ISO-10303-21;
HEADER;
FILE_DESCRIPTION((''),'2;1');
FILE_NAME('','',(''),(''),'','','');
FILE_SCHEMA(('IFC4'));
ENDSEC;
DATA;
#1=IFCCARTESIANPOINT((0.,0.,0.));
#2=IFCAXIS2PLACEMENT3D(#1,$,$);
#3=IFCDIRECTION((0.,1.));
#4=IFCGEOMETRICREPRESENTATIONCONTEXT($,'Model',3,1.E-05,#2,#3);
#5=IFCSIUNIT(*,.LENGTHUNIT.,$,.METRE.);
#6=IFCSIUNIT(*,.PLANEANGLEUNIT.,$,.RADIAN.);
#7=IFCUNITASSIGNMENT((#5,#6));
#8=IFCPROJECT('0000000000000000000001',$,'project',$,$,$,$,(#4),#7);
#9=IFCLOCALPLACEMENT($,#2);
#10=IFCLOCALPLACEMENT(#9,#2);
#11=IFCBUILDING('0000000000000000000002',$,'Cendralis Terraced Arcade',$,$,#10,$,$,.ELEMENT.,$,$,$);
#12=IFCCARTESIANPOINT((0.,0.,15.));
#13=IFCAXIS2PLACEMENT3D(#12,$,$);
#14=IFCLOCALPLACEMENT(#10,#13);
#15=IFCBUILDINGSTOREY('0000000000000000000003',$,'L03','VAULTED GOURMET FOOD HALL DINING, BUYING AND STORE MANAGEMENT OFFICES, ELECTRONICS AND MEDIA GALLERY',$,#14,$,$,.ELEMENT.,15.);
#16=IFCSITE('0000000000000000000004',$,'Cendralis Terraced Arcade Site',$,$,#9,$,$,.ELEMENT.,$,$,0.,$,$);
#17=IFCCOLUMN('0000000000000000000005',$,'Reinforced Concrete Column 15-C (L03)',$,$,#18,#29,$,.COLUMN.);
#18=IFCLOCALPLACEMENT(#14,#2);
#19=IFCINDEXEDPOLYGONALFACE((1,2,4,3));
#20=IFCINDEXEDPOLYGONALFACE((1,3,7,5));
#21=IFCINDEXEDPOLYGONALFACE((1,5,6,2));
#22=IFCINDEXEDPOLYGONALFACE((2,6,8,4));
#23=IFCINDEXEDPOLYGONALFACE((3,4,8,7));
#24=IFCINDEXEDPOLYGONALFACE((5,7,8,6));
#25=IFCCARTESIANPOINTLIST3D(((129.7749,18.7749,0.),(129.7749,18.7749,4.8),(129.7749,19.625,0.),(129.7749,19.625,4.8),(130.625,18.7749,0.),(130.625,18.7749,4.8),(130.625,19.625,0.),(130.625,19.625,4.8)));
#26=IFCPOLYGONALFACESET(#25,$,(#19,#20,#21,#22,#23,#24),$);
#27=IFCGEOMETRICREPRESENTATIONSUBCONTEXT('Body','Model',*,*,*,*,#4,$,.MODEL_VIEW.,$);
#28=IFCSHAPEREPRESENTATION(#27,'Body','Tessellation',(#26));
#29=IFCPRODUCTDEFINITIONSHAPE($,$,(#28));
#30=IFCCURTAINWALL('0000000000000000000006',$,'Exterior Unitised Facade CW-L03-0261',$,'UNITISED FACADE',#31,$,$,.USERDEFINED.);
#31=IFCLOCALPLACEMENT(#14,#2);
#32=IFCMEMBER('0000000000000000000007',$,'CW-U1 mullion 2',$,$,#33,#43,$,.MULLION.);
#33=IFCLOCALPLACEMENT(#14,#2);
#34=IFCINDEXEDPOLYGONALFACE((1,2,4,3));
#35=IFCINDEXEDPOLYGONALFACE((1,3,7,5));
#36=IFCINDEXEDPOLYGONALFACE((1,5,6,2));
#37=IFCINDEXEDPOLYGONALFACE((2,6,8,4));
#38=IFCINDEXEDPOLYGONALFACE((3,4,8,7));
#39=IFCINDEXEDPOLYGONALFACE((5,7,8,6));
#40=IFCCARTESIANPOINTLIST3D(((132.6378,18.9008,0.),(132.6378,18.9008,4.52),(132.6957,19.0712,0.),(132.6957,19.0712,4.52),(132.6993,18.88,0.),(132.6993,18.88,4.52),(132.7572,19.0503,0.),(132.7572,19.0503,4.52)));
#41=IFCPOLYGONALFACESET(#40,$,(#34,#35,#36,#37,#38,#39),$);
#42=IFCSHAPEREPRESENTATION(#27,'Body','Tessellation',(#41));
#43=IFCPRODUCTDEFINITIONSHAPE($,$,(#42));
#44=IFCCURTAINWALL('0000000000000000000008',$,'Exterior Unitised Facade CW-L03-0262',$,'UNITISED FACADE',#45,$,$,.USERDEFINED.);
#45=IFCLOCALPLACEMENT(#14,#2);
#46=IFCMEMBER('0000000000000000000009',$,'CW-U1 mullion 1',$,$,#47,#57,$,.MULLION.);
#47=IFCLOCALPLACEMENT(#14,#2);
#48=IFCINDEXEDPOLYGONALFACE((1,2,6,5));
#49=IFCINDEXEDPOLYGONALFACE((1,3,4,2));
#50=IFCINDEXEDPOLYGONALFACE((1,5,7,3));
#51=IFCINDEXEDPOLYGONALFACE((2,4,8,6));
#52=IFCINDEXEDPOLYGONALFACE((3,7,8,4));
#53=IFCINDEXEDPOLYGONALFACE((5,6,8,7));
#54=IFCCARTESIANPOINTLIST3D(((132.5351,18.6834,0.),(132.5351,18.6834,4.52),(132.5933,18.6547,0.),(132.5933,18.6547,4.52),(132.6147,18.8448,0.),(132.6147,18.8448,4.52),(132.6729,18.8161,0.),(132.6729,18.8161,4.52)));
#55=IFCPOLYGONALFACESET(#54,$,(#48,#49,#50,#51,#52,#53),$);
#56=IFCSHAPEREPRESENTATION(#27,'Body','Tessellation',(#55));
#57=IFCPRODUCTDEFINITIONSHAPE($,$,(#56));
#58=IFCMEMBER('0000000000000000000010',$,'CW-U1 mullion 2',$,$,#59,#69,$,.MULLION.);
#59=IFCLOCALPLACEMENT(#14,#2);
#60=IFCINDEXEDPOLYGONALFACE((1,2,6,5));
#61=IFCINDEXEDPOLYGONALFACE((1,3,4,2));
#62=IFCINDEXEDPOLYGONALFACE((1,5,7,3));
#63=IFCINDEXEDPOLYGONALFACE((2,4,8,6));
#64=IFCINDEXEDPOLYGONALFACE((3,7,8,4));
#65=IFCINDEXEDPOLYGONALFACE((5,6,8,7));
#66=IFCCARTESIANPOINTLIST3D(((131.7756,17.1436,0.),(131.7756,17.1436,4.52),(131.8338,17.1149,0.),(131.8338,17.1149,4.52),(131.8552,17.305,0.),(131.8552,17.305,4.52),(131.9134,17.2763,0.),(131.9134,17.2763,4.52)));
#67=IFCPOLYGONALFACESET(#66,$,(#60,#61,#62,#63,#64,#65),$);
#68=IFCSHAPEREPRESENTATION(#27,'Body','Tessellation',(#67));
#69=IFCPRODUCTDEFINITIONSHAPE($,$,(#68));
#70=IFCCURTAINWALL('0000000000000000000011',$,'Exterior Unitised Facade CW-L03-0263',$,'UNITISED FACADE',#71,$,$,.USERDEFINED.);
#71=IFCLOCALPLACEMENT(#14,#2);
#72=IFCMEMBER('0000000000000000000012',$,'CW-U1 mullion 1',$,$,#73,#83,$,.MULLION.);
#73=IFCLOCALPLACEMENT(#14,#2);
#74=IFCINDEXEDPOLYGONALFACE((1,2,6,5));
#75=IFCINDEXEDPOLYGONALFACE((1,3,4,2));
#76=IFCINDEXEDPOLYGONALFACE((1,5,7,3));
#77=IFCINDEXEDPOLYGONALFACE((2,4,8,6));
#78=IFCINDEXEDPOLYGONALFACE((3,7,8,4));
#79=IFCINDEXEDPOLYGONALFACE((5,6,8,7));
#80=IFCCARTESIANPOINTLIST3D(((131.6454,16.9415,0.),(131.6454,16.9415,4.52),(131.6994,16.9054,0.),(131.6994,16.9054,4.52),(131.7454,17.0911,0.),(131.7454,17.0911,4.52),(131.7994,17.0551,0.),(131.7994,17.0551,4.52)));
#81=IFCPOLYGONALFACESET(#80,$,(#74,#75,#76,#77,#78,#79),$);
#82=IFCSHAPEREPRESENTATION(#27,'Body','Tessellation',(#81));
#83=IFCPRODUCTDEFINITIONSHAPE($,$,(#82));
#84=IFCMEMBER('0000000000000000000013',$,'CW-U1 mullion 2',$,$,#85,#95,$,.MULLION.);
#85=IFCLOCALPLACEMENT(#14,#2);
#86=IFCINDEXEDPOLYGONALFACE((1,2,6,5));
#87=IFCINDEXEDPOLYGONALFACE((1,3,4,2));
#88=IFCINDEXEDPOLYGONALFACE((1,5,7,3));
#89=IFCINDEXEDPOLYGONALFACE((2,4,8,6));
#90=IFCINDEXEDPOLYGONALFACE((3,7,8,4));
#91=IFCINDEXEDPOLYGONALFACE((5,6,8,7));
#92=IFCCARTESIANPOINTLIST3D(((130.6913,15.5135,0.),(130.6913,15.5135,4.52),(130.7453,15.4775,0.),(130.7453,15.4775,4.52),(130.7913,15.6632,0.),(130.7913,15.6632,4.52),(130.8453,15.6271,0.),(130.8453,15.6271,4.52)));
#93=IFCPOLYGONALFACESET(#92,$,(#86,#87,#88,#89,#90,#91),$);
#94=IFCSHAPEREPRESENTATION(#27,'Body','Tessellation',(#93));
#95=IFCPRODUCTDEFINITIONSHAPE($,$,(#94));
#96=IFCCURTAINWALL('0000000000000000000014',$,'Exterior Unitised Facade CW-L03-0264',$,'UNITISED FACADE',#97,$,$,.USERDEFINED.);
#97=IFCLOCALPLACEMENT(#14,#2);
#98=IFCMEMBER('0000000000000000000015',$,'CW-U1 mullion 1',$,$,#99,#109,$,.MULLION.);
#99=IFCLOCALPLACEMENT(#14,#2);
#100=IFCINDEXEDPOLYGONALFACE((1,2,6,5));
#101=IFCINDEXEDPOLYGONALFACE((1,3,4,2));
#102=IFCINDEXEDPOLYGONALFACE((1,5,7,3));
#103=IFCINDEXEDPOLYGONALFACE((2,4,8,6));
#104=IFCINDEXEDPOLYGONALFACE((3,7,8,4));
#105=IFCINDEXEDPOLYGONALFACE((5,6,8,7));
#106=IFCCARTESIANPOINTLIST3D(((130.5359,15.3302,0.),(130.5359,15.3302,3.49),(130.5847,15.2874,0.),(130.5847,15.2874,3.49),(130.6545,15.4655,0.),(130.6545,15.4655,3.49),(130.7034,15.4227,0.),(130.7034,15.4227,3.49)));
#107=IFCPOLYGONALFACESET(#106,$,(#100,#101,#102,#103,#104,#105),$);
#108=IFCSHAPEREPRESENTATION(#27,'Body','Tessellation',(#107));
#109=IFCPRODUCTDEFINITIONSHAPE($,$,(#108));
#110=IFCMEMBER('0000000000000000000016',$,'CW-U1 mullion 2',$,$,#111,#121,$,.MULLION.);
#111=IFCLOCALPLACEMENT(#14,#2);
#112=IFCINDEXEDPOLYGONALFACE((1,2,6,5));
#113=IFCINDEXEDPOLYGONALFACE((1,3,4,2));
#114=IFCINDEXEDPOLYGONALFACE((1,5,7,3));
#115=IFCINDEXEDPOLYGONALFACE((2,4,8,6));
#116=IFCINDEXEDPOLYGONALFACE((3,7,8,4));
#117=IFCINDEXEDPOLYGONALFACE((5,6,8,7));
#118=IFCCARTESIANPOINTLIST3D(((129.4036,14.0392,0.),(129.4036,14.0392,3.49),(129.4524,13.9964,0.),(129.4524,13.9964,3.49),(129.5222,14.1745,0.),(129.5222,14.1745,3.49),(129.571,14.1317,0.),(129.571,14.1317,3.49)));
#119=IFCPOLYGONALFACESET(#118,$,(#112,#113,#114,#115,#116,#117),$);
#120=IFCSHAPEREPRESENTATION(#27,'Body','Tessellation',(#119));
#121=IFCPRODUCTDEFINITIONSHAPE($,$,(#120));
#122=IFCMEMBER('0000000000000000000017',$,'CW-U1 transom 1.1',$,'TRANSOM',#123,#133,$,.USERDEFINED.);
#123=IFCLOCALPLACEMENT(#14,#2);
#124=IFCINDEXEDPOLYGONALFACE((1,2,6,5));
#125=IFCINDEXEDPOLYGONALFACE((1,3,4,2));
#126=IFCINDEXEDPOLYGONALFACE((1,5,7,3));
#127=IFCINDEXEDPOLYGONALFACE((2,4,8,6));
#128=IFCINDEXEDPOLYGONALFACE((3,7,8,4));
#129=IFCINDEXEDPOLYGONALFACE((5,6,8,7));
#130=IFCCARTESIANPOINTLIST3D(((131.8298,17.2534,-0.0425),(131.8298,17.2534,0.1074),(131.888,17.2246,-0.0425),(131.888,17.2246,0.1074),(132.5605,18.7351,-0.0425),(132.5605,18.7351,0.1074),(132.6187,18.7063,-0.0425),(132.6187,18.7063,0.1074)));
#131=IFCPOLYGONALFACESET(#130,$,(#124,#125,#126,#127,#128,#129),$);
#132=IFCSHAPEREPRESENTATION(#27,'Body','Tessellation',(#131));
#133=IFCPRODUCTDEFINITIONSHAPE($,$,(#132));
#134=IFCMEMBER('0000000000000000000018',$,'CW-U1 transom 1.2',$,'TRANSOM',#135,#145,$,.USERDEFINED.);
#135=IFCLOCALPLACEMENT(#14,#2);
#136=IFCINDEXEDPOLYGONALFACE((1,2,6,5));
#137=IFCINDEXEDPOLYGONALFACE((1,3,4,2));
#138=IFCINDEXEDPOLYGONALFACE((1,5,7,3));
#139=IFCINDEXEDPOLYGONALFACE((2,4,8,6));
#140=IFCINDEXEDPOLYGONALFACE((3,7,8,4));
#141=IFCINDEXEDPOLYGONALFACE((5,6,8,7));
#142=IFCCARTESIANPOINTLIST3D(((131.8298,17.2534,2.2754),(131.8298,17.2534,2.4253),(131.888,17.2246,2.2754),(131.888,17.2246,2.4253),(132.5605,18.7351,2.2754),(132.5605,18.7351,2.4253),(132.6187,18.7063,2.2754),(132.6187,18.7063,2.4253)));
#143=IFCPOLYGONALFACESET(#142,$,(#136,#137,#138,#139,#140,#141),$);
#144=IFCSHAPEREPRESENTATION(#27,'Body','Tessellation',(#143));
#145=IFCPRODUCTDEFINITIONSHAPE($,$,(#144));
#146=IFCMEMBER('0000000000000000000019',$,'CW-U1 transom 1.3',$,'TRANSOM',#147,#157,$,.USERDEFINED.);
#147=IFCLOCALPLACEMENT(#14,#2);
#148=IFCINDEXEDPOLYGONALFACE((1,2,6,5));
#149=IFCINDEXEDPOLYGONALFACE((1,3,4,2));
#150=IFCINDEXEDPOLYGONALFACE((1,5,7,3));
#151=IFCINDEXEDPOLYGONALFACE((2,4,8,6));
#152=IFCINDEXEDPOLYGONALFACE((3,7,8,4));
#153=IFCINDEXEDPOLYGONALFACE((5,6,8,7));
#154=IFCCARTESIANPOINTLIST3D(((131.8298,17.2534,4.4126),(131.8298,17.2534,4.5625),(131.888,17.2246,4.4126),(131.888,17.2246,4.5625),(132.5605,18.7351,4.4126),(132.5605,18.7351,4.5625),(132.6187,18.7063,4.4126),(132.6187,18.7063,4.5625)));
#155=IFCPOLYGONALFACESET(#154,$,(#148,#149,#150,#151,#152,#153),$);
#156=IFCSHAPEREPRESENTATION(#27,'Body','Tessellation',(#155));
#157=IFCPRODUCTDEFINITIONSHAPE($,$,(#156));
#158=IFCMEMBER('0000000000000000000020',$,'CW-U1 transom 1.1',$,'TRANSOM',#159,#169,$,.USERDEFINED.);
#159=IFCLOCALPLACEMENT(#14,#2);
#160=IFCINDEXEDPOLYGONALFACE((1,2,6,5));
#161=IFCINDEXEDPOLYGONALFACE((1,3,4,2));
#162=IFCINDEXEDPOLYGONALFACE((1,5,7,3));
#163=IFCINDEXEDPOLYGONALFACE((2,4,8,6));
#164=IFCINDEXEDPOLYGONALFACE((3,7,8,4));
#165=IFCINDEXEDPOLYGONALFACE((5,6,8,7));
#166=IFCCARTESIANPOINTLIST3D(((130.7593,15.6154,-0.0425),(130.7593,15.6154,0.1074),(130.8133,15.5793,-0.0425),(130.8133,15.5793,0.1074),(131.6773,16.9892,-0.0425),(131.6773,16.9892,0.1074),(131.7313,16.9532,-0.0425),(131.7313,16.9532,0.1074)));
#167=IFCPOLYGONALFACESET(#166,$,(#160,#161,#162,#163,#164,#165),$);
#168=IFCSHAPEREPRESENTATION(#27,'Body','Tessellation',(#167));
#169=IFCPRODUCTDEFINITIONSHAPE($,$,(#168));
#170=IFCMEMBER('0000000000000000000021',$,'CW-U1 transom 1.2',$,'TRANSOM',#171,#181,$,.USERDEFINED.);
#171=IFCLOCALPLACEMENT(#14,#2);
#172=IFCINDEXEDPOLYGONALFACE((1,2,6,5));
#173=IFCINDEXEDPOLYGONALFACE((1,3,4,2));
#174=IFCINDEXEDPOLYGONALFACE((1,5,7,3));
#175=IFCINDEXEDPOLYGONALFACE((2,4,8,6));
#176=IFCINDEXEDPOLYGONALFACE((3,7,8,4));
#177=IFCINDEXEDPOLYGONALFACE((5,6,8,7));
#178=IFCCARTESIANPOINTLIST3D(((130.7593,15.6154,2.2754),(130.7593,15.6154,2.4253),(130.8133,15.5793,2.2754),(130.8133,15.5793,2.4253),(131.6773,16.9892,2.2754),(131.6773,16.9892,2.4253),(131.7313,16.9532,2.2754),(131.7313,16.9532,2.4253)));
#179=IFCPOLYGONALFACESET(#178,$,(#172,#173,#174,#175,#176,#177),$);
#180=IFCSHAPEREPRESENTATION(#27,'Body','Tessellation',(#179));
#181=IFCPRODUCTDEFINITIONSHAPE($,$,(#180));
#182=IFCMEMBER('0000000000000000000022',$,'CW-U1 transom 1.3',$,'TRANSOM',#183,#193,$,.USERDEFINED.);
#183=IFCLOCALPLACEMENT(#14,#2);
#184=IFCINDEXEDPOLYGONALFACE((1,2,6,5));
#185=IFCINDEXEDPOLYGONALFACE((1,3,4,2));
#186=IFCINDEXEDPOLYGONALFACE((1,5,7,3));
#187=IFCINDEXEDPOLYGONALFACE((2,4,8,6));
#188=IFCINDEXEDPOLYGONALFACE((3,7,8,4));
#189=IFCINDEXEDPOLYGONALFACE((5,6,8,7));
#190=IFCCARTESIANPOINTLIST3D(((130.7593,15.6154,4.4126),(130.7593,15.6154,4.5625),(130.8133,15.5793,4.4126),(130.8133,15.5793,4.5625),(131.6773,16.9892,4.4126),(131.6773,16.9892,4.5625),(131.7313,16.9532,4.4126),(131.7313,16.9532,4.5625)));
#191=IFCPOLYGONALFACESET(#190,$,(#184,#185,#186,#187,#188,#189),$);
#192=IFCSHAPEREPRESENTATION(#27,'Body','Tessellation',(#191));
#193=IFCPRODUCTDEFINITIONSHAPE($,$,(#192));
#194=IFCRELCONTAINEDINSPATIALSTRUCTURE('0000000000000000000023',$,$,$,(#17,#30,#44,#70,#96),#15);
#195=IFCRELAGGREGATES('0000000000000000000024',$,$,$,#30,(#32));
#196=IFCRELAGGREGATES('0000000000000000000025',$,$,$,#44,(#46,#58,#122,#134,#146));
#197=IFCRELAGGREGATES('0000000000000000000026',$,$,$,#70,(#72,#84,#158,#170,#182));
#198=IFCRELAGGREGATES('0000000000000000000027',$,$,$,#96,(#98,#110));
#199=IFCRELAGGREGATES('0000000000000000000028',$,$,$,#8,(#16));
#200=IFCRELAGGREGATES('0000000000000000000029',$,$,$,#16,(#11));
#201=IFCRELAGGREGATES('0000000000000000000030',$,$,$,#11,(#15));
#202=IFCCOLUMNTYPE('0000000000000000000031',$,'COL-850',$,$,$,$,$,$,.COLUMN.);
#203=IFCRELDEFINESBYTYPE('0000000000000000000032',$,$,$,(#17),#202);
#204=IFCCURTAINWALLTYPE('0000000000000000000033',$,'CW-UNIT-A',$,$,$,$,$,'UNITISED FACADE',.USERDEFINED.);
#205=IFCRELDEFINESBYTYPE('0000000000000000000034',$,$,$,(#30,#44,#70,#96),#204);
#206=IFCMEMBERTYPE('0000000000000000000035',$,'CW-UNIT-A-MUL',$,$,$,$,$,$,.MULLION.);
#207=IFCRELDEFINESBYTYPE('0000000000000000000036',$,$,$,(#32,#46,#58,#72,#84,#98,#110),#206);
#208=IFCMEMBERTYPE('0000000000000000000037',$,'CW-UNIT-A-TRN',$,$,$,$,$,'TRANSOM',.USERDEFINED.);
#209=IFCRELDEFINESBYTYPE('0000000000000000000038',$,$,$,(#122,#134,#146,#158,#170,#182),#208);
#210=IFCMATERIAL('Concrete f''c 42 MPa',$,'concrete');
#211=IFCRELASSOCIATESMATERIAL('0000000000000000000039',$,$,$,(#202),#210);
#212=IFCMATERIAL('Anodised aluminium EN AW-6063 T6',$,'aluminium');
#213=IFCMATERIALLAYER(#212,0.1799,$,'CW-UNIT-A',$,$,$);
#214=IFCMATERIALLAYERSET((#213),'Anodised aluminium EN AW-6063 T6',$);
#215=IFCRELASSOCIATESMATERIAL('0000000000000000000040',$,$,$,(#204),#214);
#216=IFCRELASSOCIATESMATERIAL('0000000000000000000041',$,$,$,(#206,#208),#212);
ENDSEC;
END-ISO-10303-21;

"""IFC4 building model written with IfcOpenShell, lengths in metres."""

from ifc_helpers import new_model, si_unit, direction, frame, origin, origin_2d, place, context, subcontext, project, spatial, rectangle, extrude, material, layer, layer_set, material_profile, profile_set, type_object, element, aggregate, save


model = new_model("IFC4")

# Units and contexts
model_context = context("Model", 3, precision=1e-05, world=origin(), true_north=direction((0.0, 1.0)))
body_context = subcontext(model_context, "Body", "Model", "MODEL_VIEW")
ifc_project = project(units=[si_unit("LENGTHUNIT", "METRE"), si_unit("PLANEANGLEUNIT", "RADIAN")], contexts=[model_context])

# Site, building, storey
site_placement = place(None, origin())
site = spatial("IfcSite", under=ifc_project, at=site_placement, Name="Cendralis Terraced Arcade Site", CompositionType="ELEMENT", RefElevation=0.0)
building_placement = place(site_placement, origin())
building = spatial("IfcBuilding", under=site, at=building_placement, Name="Cendralis Terraced Arcade", CompositionType="ELEMENT")
storey_placement = place(building_placement, frame((0.0, 0.0, 15.0)))
storey = spatial("IfcBuildingStorey", under=building, at=storey_placement, Name="L03", Description="VAULTED GOURMET FOOD HALL DINING, BUYING AND STORE MANAGEMENT OFFICES, ELECTRONICS AND MEDIA GALLERY", CompositionType="ELEMENT", Elevation=15.0)

# Column
ifc_material_1 = material(Name="Concrete f'c 42 MPa", Category="concrete")
ifc_material_profile_1 = material_profile(ifc_material_1, rectangle(XDim=0.8501, YDim=0.8501, at=origin_2d()), Name="RC-COL-850x850", Category="LoadBearing")
ifc_profile_set_1 = profile_set([ifc_material_profile_1], Name="Concrete f'c 42 MPa")
column_type = type_object("IfcColumnType", Name="COL-850", PredefinedType="COLUMN", material=ifc_profile_set_1)
column_placement = place(storey_placement, frame((130.2, 19.2, 0.0), z_axis=(0.0, 0.0, 1.0), x_axis=(1.0, 0.0, 0.0)))
element("IfcColumn", 1, at=column_placement, inside=storey, type_object=column_type, Name="Reinforced Concrete Column 15-C (L03)", PredefinedType="COLUMN", context=body_context, shape_type="SweptSolid", body=[
    extrude(rectangle(XDim=0.8501, YDim=0.8501, at=origin_2d()), origin(), (0.0, 0.0, 1.0), 4.8),
])

# Curtain wall, member
ifc_material_2 = material(Name="Anodised aluminium EN AW-6063 T6", Category="aluminium")
ifc_layer_1 = layer(ifc_material_2, 0.1799, Name="CW-UNIT-A")
ifc_layer_set_1 = layer_set([ifc_layer_1], Name="Anodised aluminium EN AW-6063 T6")
curtain_wall_type = type_object("IfcCurtainWallType", Name="CW-UNIT-A", ElementType="UNITISED FACADE", PredefinedType="USERDEFINED", material=ifc_layer_set_1)
curtain_wall_1_placement = place(storey_placement, origin())
curtain_wall_1 = element("IfcCurtainWall", 2, at=curtain_wall_1_placement, inside=storey, type_object=curtain_wall_type, Name="Exterior Unitised Facade CW-L03-0261", ObjectType="UNITISED FACADE", PredefinedType="USERDEFINED")
ifc_material_profile_2 = material_profile(ifc_material_2, rectangle(XDim=0.0649, YDim=0.1799, at=origin_2d()), Name="ALU-MUL-65x180")
ifc_profile_set_2 = profile_set([ifc_material_profile_2], Name="Anodised aluminium EN AW-6063 T6")
member_type_1 = type_object("IfcMemberType", Name="CW-UNIT-A-MUL", PredefinedType="MULLION", material=ifc_profile_set_2)
member_1_placement = place(storey_placement, frame((132.6975, 18.9756, 0.0), z_axis=(0.0, 0.0, 1.0), x_axis=(0.946924, -0.321458, 0.0)))
member_1 = element("IfcMember", 3, at=member_1_placement, type_object=member_type_1, Name="CW-U1 mullion 2", PredefinedType="MULLION", context=body_context, shape_type="SweptSolid", body=[
    extrude(rectangle(XDim=0.0649, YDim=0.1799, at=origin_2d()), origin(), (0.0, 0.0, 1.0), 4.52),
])

# Curtain walls, members
curtain_wall_2_placement = place(storey_placement, origin())
curtain_wall_2 = element("IfcCurtainWall", 4, at=curtain_wall_2_placement, inside=storey, type_object=curtain_wall_type, Name="Exterior Unitised Facade CW-L03-0262", ObjectType="UNITISED FACADE", PredefinedType="USERDEFINED")
member_2_placement = place(storey_placement, frame((132.604, 18.7498, 0.0), z_axis=(0.0, 0.0, 1.0), x_axis=(0.896871, -0.442291, 0.0)))
member_2 = element("IfcMember", 5, at=member_2_placement, type_object=member_type_1, Name="CW-U1 mullion 1", PredefinedType="MULLION", context=body_context, shape_type="SweptSolid", body=[
    extrude(rectangle(XDim=0.0649, YDim=0.1799, at=origin_2d()), origin(), (0.0, 0.0, 1.0), 4.52),
])
member_3_placement = place(storey_placement, frame((131.8445, 17.21, 0.0), z_axis=(0.0, 0.0, 1.0), x_axis=(0.896871, -0.442291, 0.0)))
member_3 = element("IfcMember", 6, at=member_3_placement, type_object=member_type_1, Name="CW-U1 mullion 2", PredefinedType="MULLION", context=body_context, shape_type="SweptSolid", body=[
    extrude(rectangle(XDim=0.0649, YDim=0.1799, at=origin_2d()), origin(), (0.0, 0.0, 1.0), 4.52),
])
curtain_wall_3_placement = place(storey_placement, origin())
curtain_wall_3 = element("IfcCurtainWall", 7, at=curtain_wall_3_placement, inside=storey, type_object=curtain_wall_type, Name="Exterior Unitised Facade CW-L03-0263", ObjectType="UNITISED FACADE", PredefinedType="USERDEFINED")
member_4_placement = place(storey_placement, frame((131.7224, 16.9983, 0.0), z_axis=(0.0, 0.0, 1.0), x_axis=(0.831471, -0.555567, 0.0)))
member_4 = element("IfcMember", 8, at=member_4_placement, type_object=member_type_1, Name="CW-U1 mullion 1", PredefinedType="MULLION", context=body_context, shape_type="SweptSolid", body=[
    extrude(rectangle(XDim=0.0649, YDim=0.1799, at=origin_2d()), origin(), (0.0, 0.0, 1.0), 4.52),
])
member_5_placement = place(storey_placement, frame((130.7683, 15.5703, 0.0), z_axis=(0.0, 0.0, 1.0), x_axis=(0.831471, -0.555567, 0.0)))
member_5 = element("IfcMember", 9, at=member_5_placement, type_object=member_type_1, Name="CW-U1 mullion 2", PredefinedType="MULLION", context=body_context, shape_type="SweptSolid", body=[
    extrude(rectangle(XDim=0.0649, YDim=0.1799, at=origin_2d()), origin(), (0.0, 0.0, 1.0), 4.52),
])
curtain_wall_4_placement = place(storey_placement, origin())
curtain_wall_4 = element("IfcCurtainWall", 10, at=curtain_wall_4_placement, inside=storey, type_object=curtain_wall_type, Name="Exterior Unitised Facade CW-L03-0264", ObjectType="UNITISED FACADE", PredefinedType="USERDEFINED")
member_6_placement = place(storey_placement, frame((130.6196, 15.3765, 0.0), z_axis=(0.0, 0.0, 1.0), x_axis=(0.751804, -0.659386, 0.0)))
member_6 = element("IfcMember", 11, at=member_6_placement, type_object=member_type_1, Name="CW-U1 mullion 1", PredefinedType="MULLION", context=body_context, shape_type="SweptSolid", body=[
    extrude(rectangle(XDim=0.0649, YDim=0.1799, at=origin_2d()), origin(), (0.0, 0.0, 1.0), 3.49),
])
member_7_placement = place(storey_placement, frame((129.4873, 14.0854, 0.0), z_axis=(0.0, 0.0, 1.0), x_axis=(0.751804, -0.659386, 0.0)))
member_7 = element("IfcMember", 12, at=member_7_placement, type_object=member_type_1, Name="CW-U1 mullion 2", PredefinedType="MULLION", context=body_context, shape_type="SweptSolid", body=[
    extrude(rectangle(XDim=0.0649, YDim=0.1799, at=origin_2d()), origin(), (0.0, 0.0, 1.0), 3.49),
])

# Members
ifc_material_profile_3 = material_profile(ifc_material_2, rectangle(XDim=0.0649, YDim=0.1499, at=origin_2d()), Name="ALU-TRN-65x150")
ifc_profile_set_3 = profile_set([ifc_material_profile_3], Name="Anodised aluminium EN AW-6063 T6")
member_type_2 = type_object("IfcMemberType", Name="CW-UNIT-A-TRN", ElementType="TRANSOM", PredefinedType="USERDEFINED", material=ifc_profile_set_3)
member_8_placement = place(storey_placement, frame((132.5896, 18.7207, 0.0325), z_axis=(-0.442301, -0.896867, 0.0), x_axis=(0.896867, -0.442301, 0.0)))
member_8 = element("IfcMember", 13, at=member_8_placement, type_object=member_type_2, Name="CW-U1 transom 1.1", ObjectType="TRANSOM", PredefinedType="USERDEFINED", context=body_context, shape_type="SweptSolid", body=[
    extrude(rectangle(XDim=0.0649, YDim=0.1499, at=origin_2d()), origin(), (0.0, 0.0, 1.0), 1.6521),
])
member_9_placement = place(storey_placement, frame((132.5896, 18.7207, 2.3503), z_axis=(-0.442301, -0.896867, 0.0), x_axis=(0.896867, -0.442301, 0.0)))
member_9 = element("IfcMember", 14, at=member_9_placement, type_object=member_type_2, Name="CW-U1 transom 1.2", ObjectType="TRANSOM", PredefinedType="USERDEFINED", context=body_context, shape_type="SweptSolid", body=[
    extrude(rectangle(XDim=0.0649, YDim=0.1499, at=origin_2d()), origin(), (0.0, 0.0, 1.0), 1.6521),
])
member_10_placement = place(storey_placement, frame((132.5896, 18.7207, 4.4875), z_axis=(-0.442301, -0.896867, 0.0), x_axis=(0.896867, -0.442301, 0.0)))
member_10 = element("IfcMember", 15, at=member_10_placement, type_object=member_type_2, Name="CW-U1 transom 1.3", ObjectType="TRANSOM", PredefinedType="USERDEFINED", context=body_context, shape_type="SweptSolid", body=[
    extrude(rectangle(XDim=0.0649, YDim=0.1499, at=origin_2d()), origin(), (0.0, 0.0, 1.0), 1.6521),
])
member_11_placement = place(storey_placement, frame((131.7043, 16.9712, 0.0325), z_axis=(-0.555586, -0.831459, 0.0), x_axis=(0.831459, -0.555586, 0.0)))
member_11 = element("IfcMember", 16, at=member_11_placement, type_object=member_type_2, Name="CW-U1 transom 1.1", ObjectType="TRANSOM", PredefinedType="USERDEFINED", context=body_context, shape_type="SweptSolid", body=[
    extrude(rectangle(XDim=0.0649, YDim=0.1499, at=origin_2d()), origin(), (0.0, 0.0, 1.0), 1.6523),
])
member_12_placement = place(storey_placement, frame((131.7043, 16.9712, 2.3503), z_axis=(-0.555586, -0.831459, 0.0), x_axis=(0.831459, -0.555586, 0.0)))
member_12 = element("IfcMember", 17, at=member_12_placement, type_object=member_type_2, Name="CW-U1 transom 1.2", ObjectType="TRANSOM", PredefinedType="USERDEFINED", context=body_context, shape_type="SweptSolid", body=[
    extrude(rectangle(XDim=0.0649, YDim=0.1499, at=origin_2d()), origin(), (0.0, 0.0, 1.0), 1.6523),
])
member_13_placement = place(storey_placement, frame((131.7043, 16.9712, 4.4875), z_axis=(-0.555586, -0.831459, 0.0), x_axis=(0.831459, -0.555586, 0.0)))
member_13 = element("IfcMember", 18, at=member_13_placement, type_object=member_type_2, Name="CW-U1 transom 1.3", ObjectType="TRANSOM", PredefinedType="USERDEFINED", context=body_context, shape_type="SweptSolid", body=[
    extrude(rectangle(XDim=0.0649, YDim=0.1499, at=origin_2d()), origin(), (0.0, 0.0, 1.0), 1.6523),
])

aggregate(curtain_wall_1, [member_1])
aggregate(curtain_wall_2, [member_2, member_3, member_8, member_9, member_10])
aggregate(curtain_wall_3, [member_4, member_5, member_11, member_12, member_13])
aggregate(curtain_wall_4, [member_6, member_7])

save(model, "model.ifc")
